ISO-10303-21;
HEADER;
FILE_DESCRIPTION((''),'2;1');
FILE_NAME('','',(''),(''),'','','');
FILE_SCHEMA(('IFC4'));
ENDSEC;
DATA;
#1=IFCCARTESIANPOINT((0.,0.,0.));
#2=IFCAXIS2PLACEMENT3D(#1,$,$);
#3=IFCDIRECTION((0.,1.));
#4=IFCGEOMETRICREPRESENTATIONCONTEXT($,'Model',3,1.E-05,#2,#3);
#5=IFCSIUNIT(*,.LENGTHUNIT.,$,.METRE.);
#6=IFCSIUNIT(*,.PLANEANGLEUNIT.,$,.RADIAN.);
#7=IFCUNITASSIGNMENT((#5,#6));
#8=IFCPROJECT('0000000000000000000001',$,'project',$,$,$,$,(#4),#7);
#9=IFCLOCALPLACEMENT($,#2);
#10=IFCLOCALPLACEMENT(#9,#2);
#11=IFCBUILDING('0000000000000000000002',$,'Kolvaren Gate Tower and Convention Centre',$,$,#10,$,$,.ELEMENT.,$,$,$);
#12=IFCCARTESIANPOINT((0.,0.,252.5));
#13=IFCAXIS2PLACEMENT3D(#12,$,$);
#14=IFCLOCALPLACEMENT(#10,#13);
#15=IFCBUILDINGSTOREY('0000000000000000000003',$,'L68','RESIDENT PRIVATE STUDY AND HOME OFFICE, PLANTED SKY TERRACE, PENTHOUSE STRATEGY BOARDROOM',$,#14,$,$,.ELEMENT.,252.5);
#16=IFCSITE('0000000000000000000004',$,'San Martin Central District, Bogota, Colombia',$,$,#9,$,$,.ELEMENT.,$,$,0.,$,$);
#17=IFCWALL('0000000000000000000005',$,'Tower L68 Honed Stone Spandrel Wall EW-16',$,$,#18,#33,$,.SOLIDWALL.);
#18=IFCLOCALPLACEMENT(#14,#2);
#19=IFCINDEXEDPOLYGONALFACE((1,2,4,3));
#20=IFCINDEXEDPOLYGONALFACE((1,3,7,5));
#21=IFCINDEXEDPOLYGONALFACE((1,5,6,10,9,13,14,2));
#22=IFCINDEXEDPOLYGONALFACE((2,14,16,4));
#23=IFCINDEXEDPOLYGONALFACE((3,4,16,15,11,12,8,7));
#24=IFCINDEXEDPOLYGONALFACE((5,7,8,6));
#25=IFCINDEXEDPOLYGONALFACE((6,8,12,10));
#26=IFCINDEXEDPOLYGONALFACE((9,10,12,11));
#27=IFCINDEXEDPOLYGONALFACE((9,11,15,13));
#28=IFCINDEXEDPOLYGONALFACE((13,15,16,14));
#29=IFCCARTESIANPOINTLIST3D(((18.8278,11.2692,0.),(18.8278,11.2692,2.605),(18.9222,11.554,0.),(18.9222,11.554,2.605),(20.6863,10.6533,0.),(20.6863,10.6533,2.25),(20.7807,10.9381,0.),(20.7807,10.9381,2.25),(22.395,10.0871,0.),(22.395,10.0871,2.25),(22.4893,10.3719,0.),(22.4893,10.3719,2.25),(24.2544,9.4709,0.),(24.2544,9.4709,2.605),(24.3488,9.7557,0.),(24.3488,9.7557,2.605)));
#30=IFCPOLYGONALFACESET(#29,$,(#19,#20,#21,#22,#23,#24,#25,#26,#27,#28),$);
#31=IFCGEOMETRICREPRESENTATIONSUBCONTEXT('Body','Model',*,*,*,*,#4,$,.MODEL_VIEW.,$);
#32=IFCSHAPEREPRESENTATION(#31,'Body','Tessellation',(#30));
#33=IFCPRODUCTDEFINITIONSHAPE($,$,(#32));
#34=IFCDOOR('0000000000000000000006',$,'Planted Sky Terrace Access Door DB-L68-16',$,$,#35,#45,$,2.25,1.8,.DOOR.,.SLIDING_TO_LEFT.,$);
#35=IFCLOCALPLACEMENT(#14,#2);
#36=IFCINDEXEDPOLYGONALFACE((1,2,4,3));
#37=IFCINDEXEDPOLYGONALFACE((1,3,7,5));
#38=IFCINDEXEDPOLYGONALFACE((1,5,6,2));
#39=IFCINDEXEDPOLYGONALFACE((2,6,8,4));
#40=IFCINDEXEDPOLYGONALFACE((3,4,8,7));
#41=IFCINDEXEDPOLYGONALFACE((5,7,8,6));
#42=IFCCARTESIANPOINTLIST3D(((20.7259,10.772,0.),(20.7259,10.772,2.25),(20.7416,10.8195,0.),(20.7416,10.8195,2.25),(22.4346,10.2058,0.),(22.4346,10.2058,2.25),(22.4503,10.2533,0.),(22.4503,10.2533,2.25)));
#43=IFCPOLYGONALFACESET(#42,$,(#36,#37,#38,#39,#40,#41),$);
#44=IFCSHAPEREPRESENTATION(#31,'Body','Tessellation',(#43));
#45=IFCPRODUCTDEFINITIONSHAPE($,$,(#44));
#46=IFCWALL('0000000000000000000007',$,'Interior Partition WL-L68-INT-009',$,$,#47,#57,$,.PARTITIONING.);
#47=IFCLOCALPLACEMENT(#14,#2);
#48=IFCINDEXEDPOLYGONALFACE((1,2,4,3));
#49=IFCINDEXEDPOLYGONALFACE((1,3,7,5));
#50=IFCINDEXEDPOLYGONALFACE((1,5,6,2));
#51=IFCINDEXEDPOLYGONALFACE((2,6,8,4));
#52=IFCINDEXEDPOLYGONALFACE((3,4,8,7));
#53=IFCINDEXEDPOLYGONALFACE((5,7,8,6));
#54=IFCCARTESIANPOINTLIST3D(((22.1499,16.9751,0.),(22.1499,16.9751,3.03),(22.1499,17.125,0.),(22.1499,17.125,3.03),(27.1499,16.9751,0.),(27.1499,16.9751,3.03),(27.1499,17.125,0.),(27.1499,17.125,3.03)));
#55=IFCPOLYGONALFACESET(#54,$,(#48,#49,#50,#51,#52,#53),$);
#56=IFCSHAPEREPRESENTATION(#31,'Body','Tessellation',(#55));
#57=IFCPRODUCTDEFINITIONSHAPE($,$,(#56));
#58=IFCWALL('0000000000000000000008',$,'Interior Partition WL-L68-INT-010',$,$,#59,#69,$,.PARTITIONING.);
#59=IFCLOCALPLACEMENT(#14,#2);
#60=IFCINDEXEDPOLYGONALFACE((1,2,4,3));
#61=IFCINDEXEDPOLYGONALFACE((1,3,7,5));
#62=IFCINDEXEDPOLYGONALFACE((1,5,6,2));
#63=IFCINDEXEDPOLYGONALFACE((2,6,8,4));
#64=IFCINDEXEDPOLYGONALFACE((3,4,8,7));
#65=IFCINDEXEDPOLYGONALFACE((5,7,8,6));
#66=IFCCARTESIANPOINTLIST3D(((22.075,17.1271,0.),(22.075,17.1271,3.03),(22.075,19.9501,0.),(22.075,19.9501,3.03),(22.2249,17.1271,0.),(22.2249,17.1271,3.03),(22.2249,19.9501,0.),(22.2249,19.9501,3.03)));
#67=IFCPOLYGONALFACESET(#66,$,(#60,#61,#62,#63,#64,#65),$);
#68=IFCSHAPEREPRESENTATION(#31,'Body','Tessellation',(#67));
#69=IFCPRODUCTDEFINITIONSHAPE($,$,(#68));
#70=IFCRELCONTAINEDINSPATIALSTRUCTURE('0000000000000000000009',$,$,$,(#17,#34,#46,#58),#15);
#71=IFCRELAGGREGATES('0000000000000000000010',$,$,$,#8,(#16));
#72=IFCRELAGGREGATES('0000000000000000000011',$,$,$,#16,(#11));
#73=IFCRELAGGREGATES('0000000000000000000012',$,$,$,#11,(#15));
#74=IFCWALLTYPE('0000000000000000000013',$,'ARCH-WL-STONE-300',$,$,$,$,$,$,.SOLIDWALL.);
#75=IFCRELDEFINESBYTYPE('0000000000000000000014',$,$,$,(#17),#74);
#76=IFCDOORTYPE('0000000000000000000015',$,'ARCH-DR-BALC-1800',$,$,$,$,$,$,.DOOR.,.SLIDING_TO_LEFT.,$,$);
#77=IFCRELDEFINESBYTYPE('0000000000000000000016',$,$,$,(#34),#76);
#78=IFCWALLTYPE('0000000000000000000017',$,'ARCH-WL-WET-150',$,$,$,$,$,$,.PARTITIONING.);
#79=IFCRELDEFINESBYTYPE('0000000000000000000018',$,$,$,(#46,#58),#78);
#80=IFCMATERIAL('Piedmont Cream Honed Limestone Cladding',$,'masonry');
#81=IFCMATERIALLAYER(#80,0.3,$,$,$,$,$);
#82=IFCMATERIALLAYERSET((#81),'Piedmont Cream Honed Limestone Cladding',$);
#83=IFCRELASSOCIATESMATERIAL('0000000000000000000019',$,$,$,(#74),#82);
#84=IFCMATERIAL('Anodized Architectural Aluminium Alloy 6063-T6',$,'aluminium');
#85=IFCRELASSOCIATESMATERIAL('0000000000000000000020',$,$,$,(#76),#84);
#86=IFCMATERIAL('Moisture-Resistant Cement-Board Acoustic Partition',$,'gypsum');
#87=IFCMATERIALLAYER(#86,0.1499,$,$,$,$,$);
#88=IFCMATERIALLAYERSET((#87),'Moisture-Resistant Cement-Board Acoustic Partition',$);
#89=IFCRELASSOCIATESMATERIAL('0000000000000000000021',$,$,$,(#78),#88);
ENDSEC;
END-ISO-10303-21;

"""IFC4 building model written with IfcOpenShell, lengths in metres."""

from ifc_helpers import new_model, si_unit, direction, frame, frame_2d, origin, place, context, subcontext, project, spatial, rectangle, extrude, material, layer, layer_set, type_object, element, fill, save


model = new_model("IFC4")

# Units and contexts
model_context = context("Model", 3, precision=1e-05, world=origin(), true_north=direction((0.0, 1.0)))
body_context = subcontext(model_context, "Body", "Model", "MODEL_VIEW")
ifc_project = project(units=[si_unit("LENGTHUNIT", "METRE"), si_unit("PLANEANGLEUNIT", "RADIAN")], contexts=[model_context])

# Site, building, storey
site_placement = place(None, origin())
site = spatial("IfcSite", under=ifc_project, at=site_placement, Name="San Martin Central District, Bogota, Colombia", CompositionType="ELEMENT", RefElevation=0.0)
building_placement = place(site_placement, origin())
building = spatial("IfcBuilding", under=site, at=building_placement, Name="Kolvaren Gate Tower and Convention Centre", CompositionType="ELEMENT")
storey_placement = place(building_placement, frame((0.0, 0.0, 252.5)))
storey = spatial("IfcBuildingStorey", under=building, at=storey_placement, Name="L68", Description="RESIDENT PRIVATE STUDY AND HOME OFFICE, PLANTED SKY TERRACE, PENTHOUSE STRATEGY BOARDROOM", CompositionType="ELEMENT", Elevation=252.5)

# Shared definitions
ifc_material_1 = material(Name="Anodized Architectural Aluminium Alloy 6063-T6", Category="aluminium")

# Shared definitions
ifc_material_2 = material(Name="Piedmont Cream Honed Limestone Cladding", Category="masonry")

# Shared definitions
ifc_layer_1 = layer(ifc_material_2, 0.3)
ifc_layer_set_1 = layer_set([ifc_layer_1], Name="Piedmont Cream Honed Limestone Cladding")
wall_type_1 = type_object("IfcWallType", Name="ARCH-WL-STONE-300", PredefinedType="SOLIDWALL", material=ifc_layer_set_1)

# Wall, opening, door
wall_1_placement = place(storey_placement, frame((18.875, 11.4116, 0.0), z_axis=(0.0, 0.0, 1.0), x_axis=(0.949233, -0.314575, 0.0)))
wall_1 = element("IfcWall", 1, at=wall_1_placement, inside=storey, type_object=wall_type_1, Name="Tower L68 Honed Stone Spandrel Wall EW-16", PredefinedType="SOLIDWALL", context=body_context, shape_type="SweptSolid", body=[
    extrude(rectangle(XDim=5.7168, YDim=0.3, at=frame_2d((2.8584, 0.0))), origin(), (0.0, 0.0, 1.0), 2.605),
])
opening_1_placement = place(wall_1_placement, frame((1.958, 0.0, 0.0)))
opening_1 = element("IfcOpeningElement", 2, at=opening_1_placement, cuts=wall_1, PredefinedType="OPENING", context=body_context, shape_type="SweptSolid", body=[
    extrude(rectangle(XDim=1.8, YDim=2.25, at=frame_2d((0.8999, 1.125))), frame((0.0, 0.1599, 0.0), z_axis=(0.0, -1.0, 0.0), x_axis=(1.0, 0.0, 0.0)), (0.0, 0.0, 1.0), 0.3201),
])
door_type_1 = type_object("IfcDoorType", Name="ARCH-DR-BALC-1800", OperationType="SLIDING_TO_LEFT", PredefinedType="DOOR", material=ifc_material_1)
door_1_placement = place(opening_1_placement, frame((1.8, 0.0, 0.0), z_axis=(0.0, 0.0, 1.0), x_axis=(-1.0, 0.0, 0.0)))
door_1 = element("IfcDoor", 3, at=door_1_placement, inside=storey, type_object=door_type_1, Name="Planted Sky Terrace Access Door DB-L68-16", OperationType="SLIDING_TO_LEFT", OverallHeight=2.25, OverallWidth=1.8, PredefinedType="DOOR", context=body_context, shape_type="SweptSolid", body=[
    extrude(rectangle(XDim=1.8, YDim=2.25, at=frame_2d((0.8999, 1.125))), frame((0.0, 0.0249, 0.0), z_axis=(0.0, -1.0, 0.0), x_axis=(1.0, 0.0, 0.0)), (0.0, 0.0, 1.0), 0.05),
])
fill(opening_1, door_1)

# Walls
ifc_material_3 = material(Name="Moisture-Resistant Cement-Board Acoustic Partition", Category="gypsum")
ifc_layer_2 = layer(ifc_material_3, 0.1499)
ifc_layer_set_2 = layer_set([ifc_layer_2], Name="Moisture-Resistant Cement-Board Acoustic Partition")
wall_type_2 = type_object("IfcWallType", Name="ARCH-WL-WET-150", PredefinedType="PARTITIONING", material=ifc_layer_set_2)
wall_2_placement = place(storey_placement, frame((22.1499, 17.05, 0.0), z_axis=(0.0, 0.0, 1.0), x_axis=(1.0, 0.0, 0.0)))
element("IfcWall", 4, at=wall_2_placement, inside=storey, type_object=wall_type_2, Name="Interior Partition WL-L68-INT-009", PredefinedType="PARTITIONING", context=body_context, shape_type="SweptSolid", body=[
    extrude(rectangle(XDim=5.0, YDim=0.1499, at=frame_2d((2.5, 0.0))), origin(), (0.0, 0.0, 1.0), 3.03),
])
wall_3_placement = place(storey_placement, frame((22.1499, 17.127, 0.0), z_axis=(0.0, 0.0, 1.0), x_axis=(0.0, 1.0, 0.0)))
element("IfcWall", 5, at=wall_3_placement, inside=storey, type_object=wall_type_2, Name="Interior Partition WL-L68-INT-010", PredefinedType="PARTITIONING", context=body_context, shape_type="SweptSolid", body=[
    extrude(rectangle(XDim=2.823, YDim=0.1499, at=frame_2d((1.4116, 0.0))), origin(), (0.0, 0.0, 1.0), 3.03),
])

save(model, "model.ifc")
